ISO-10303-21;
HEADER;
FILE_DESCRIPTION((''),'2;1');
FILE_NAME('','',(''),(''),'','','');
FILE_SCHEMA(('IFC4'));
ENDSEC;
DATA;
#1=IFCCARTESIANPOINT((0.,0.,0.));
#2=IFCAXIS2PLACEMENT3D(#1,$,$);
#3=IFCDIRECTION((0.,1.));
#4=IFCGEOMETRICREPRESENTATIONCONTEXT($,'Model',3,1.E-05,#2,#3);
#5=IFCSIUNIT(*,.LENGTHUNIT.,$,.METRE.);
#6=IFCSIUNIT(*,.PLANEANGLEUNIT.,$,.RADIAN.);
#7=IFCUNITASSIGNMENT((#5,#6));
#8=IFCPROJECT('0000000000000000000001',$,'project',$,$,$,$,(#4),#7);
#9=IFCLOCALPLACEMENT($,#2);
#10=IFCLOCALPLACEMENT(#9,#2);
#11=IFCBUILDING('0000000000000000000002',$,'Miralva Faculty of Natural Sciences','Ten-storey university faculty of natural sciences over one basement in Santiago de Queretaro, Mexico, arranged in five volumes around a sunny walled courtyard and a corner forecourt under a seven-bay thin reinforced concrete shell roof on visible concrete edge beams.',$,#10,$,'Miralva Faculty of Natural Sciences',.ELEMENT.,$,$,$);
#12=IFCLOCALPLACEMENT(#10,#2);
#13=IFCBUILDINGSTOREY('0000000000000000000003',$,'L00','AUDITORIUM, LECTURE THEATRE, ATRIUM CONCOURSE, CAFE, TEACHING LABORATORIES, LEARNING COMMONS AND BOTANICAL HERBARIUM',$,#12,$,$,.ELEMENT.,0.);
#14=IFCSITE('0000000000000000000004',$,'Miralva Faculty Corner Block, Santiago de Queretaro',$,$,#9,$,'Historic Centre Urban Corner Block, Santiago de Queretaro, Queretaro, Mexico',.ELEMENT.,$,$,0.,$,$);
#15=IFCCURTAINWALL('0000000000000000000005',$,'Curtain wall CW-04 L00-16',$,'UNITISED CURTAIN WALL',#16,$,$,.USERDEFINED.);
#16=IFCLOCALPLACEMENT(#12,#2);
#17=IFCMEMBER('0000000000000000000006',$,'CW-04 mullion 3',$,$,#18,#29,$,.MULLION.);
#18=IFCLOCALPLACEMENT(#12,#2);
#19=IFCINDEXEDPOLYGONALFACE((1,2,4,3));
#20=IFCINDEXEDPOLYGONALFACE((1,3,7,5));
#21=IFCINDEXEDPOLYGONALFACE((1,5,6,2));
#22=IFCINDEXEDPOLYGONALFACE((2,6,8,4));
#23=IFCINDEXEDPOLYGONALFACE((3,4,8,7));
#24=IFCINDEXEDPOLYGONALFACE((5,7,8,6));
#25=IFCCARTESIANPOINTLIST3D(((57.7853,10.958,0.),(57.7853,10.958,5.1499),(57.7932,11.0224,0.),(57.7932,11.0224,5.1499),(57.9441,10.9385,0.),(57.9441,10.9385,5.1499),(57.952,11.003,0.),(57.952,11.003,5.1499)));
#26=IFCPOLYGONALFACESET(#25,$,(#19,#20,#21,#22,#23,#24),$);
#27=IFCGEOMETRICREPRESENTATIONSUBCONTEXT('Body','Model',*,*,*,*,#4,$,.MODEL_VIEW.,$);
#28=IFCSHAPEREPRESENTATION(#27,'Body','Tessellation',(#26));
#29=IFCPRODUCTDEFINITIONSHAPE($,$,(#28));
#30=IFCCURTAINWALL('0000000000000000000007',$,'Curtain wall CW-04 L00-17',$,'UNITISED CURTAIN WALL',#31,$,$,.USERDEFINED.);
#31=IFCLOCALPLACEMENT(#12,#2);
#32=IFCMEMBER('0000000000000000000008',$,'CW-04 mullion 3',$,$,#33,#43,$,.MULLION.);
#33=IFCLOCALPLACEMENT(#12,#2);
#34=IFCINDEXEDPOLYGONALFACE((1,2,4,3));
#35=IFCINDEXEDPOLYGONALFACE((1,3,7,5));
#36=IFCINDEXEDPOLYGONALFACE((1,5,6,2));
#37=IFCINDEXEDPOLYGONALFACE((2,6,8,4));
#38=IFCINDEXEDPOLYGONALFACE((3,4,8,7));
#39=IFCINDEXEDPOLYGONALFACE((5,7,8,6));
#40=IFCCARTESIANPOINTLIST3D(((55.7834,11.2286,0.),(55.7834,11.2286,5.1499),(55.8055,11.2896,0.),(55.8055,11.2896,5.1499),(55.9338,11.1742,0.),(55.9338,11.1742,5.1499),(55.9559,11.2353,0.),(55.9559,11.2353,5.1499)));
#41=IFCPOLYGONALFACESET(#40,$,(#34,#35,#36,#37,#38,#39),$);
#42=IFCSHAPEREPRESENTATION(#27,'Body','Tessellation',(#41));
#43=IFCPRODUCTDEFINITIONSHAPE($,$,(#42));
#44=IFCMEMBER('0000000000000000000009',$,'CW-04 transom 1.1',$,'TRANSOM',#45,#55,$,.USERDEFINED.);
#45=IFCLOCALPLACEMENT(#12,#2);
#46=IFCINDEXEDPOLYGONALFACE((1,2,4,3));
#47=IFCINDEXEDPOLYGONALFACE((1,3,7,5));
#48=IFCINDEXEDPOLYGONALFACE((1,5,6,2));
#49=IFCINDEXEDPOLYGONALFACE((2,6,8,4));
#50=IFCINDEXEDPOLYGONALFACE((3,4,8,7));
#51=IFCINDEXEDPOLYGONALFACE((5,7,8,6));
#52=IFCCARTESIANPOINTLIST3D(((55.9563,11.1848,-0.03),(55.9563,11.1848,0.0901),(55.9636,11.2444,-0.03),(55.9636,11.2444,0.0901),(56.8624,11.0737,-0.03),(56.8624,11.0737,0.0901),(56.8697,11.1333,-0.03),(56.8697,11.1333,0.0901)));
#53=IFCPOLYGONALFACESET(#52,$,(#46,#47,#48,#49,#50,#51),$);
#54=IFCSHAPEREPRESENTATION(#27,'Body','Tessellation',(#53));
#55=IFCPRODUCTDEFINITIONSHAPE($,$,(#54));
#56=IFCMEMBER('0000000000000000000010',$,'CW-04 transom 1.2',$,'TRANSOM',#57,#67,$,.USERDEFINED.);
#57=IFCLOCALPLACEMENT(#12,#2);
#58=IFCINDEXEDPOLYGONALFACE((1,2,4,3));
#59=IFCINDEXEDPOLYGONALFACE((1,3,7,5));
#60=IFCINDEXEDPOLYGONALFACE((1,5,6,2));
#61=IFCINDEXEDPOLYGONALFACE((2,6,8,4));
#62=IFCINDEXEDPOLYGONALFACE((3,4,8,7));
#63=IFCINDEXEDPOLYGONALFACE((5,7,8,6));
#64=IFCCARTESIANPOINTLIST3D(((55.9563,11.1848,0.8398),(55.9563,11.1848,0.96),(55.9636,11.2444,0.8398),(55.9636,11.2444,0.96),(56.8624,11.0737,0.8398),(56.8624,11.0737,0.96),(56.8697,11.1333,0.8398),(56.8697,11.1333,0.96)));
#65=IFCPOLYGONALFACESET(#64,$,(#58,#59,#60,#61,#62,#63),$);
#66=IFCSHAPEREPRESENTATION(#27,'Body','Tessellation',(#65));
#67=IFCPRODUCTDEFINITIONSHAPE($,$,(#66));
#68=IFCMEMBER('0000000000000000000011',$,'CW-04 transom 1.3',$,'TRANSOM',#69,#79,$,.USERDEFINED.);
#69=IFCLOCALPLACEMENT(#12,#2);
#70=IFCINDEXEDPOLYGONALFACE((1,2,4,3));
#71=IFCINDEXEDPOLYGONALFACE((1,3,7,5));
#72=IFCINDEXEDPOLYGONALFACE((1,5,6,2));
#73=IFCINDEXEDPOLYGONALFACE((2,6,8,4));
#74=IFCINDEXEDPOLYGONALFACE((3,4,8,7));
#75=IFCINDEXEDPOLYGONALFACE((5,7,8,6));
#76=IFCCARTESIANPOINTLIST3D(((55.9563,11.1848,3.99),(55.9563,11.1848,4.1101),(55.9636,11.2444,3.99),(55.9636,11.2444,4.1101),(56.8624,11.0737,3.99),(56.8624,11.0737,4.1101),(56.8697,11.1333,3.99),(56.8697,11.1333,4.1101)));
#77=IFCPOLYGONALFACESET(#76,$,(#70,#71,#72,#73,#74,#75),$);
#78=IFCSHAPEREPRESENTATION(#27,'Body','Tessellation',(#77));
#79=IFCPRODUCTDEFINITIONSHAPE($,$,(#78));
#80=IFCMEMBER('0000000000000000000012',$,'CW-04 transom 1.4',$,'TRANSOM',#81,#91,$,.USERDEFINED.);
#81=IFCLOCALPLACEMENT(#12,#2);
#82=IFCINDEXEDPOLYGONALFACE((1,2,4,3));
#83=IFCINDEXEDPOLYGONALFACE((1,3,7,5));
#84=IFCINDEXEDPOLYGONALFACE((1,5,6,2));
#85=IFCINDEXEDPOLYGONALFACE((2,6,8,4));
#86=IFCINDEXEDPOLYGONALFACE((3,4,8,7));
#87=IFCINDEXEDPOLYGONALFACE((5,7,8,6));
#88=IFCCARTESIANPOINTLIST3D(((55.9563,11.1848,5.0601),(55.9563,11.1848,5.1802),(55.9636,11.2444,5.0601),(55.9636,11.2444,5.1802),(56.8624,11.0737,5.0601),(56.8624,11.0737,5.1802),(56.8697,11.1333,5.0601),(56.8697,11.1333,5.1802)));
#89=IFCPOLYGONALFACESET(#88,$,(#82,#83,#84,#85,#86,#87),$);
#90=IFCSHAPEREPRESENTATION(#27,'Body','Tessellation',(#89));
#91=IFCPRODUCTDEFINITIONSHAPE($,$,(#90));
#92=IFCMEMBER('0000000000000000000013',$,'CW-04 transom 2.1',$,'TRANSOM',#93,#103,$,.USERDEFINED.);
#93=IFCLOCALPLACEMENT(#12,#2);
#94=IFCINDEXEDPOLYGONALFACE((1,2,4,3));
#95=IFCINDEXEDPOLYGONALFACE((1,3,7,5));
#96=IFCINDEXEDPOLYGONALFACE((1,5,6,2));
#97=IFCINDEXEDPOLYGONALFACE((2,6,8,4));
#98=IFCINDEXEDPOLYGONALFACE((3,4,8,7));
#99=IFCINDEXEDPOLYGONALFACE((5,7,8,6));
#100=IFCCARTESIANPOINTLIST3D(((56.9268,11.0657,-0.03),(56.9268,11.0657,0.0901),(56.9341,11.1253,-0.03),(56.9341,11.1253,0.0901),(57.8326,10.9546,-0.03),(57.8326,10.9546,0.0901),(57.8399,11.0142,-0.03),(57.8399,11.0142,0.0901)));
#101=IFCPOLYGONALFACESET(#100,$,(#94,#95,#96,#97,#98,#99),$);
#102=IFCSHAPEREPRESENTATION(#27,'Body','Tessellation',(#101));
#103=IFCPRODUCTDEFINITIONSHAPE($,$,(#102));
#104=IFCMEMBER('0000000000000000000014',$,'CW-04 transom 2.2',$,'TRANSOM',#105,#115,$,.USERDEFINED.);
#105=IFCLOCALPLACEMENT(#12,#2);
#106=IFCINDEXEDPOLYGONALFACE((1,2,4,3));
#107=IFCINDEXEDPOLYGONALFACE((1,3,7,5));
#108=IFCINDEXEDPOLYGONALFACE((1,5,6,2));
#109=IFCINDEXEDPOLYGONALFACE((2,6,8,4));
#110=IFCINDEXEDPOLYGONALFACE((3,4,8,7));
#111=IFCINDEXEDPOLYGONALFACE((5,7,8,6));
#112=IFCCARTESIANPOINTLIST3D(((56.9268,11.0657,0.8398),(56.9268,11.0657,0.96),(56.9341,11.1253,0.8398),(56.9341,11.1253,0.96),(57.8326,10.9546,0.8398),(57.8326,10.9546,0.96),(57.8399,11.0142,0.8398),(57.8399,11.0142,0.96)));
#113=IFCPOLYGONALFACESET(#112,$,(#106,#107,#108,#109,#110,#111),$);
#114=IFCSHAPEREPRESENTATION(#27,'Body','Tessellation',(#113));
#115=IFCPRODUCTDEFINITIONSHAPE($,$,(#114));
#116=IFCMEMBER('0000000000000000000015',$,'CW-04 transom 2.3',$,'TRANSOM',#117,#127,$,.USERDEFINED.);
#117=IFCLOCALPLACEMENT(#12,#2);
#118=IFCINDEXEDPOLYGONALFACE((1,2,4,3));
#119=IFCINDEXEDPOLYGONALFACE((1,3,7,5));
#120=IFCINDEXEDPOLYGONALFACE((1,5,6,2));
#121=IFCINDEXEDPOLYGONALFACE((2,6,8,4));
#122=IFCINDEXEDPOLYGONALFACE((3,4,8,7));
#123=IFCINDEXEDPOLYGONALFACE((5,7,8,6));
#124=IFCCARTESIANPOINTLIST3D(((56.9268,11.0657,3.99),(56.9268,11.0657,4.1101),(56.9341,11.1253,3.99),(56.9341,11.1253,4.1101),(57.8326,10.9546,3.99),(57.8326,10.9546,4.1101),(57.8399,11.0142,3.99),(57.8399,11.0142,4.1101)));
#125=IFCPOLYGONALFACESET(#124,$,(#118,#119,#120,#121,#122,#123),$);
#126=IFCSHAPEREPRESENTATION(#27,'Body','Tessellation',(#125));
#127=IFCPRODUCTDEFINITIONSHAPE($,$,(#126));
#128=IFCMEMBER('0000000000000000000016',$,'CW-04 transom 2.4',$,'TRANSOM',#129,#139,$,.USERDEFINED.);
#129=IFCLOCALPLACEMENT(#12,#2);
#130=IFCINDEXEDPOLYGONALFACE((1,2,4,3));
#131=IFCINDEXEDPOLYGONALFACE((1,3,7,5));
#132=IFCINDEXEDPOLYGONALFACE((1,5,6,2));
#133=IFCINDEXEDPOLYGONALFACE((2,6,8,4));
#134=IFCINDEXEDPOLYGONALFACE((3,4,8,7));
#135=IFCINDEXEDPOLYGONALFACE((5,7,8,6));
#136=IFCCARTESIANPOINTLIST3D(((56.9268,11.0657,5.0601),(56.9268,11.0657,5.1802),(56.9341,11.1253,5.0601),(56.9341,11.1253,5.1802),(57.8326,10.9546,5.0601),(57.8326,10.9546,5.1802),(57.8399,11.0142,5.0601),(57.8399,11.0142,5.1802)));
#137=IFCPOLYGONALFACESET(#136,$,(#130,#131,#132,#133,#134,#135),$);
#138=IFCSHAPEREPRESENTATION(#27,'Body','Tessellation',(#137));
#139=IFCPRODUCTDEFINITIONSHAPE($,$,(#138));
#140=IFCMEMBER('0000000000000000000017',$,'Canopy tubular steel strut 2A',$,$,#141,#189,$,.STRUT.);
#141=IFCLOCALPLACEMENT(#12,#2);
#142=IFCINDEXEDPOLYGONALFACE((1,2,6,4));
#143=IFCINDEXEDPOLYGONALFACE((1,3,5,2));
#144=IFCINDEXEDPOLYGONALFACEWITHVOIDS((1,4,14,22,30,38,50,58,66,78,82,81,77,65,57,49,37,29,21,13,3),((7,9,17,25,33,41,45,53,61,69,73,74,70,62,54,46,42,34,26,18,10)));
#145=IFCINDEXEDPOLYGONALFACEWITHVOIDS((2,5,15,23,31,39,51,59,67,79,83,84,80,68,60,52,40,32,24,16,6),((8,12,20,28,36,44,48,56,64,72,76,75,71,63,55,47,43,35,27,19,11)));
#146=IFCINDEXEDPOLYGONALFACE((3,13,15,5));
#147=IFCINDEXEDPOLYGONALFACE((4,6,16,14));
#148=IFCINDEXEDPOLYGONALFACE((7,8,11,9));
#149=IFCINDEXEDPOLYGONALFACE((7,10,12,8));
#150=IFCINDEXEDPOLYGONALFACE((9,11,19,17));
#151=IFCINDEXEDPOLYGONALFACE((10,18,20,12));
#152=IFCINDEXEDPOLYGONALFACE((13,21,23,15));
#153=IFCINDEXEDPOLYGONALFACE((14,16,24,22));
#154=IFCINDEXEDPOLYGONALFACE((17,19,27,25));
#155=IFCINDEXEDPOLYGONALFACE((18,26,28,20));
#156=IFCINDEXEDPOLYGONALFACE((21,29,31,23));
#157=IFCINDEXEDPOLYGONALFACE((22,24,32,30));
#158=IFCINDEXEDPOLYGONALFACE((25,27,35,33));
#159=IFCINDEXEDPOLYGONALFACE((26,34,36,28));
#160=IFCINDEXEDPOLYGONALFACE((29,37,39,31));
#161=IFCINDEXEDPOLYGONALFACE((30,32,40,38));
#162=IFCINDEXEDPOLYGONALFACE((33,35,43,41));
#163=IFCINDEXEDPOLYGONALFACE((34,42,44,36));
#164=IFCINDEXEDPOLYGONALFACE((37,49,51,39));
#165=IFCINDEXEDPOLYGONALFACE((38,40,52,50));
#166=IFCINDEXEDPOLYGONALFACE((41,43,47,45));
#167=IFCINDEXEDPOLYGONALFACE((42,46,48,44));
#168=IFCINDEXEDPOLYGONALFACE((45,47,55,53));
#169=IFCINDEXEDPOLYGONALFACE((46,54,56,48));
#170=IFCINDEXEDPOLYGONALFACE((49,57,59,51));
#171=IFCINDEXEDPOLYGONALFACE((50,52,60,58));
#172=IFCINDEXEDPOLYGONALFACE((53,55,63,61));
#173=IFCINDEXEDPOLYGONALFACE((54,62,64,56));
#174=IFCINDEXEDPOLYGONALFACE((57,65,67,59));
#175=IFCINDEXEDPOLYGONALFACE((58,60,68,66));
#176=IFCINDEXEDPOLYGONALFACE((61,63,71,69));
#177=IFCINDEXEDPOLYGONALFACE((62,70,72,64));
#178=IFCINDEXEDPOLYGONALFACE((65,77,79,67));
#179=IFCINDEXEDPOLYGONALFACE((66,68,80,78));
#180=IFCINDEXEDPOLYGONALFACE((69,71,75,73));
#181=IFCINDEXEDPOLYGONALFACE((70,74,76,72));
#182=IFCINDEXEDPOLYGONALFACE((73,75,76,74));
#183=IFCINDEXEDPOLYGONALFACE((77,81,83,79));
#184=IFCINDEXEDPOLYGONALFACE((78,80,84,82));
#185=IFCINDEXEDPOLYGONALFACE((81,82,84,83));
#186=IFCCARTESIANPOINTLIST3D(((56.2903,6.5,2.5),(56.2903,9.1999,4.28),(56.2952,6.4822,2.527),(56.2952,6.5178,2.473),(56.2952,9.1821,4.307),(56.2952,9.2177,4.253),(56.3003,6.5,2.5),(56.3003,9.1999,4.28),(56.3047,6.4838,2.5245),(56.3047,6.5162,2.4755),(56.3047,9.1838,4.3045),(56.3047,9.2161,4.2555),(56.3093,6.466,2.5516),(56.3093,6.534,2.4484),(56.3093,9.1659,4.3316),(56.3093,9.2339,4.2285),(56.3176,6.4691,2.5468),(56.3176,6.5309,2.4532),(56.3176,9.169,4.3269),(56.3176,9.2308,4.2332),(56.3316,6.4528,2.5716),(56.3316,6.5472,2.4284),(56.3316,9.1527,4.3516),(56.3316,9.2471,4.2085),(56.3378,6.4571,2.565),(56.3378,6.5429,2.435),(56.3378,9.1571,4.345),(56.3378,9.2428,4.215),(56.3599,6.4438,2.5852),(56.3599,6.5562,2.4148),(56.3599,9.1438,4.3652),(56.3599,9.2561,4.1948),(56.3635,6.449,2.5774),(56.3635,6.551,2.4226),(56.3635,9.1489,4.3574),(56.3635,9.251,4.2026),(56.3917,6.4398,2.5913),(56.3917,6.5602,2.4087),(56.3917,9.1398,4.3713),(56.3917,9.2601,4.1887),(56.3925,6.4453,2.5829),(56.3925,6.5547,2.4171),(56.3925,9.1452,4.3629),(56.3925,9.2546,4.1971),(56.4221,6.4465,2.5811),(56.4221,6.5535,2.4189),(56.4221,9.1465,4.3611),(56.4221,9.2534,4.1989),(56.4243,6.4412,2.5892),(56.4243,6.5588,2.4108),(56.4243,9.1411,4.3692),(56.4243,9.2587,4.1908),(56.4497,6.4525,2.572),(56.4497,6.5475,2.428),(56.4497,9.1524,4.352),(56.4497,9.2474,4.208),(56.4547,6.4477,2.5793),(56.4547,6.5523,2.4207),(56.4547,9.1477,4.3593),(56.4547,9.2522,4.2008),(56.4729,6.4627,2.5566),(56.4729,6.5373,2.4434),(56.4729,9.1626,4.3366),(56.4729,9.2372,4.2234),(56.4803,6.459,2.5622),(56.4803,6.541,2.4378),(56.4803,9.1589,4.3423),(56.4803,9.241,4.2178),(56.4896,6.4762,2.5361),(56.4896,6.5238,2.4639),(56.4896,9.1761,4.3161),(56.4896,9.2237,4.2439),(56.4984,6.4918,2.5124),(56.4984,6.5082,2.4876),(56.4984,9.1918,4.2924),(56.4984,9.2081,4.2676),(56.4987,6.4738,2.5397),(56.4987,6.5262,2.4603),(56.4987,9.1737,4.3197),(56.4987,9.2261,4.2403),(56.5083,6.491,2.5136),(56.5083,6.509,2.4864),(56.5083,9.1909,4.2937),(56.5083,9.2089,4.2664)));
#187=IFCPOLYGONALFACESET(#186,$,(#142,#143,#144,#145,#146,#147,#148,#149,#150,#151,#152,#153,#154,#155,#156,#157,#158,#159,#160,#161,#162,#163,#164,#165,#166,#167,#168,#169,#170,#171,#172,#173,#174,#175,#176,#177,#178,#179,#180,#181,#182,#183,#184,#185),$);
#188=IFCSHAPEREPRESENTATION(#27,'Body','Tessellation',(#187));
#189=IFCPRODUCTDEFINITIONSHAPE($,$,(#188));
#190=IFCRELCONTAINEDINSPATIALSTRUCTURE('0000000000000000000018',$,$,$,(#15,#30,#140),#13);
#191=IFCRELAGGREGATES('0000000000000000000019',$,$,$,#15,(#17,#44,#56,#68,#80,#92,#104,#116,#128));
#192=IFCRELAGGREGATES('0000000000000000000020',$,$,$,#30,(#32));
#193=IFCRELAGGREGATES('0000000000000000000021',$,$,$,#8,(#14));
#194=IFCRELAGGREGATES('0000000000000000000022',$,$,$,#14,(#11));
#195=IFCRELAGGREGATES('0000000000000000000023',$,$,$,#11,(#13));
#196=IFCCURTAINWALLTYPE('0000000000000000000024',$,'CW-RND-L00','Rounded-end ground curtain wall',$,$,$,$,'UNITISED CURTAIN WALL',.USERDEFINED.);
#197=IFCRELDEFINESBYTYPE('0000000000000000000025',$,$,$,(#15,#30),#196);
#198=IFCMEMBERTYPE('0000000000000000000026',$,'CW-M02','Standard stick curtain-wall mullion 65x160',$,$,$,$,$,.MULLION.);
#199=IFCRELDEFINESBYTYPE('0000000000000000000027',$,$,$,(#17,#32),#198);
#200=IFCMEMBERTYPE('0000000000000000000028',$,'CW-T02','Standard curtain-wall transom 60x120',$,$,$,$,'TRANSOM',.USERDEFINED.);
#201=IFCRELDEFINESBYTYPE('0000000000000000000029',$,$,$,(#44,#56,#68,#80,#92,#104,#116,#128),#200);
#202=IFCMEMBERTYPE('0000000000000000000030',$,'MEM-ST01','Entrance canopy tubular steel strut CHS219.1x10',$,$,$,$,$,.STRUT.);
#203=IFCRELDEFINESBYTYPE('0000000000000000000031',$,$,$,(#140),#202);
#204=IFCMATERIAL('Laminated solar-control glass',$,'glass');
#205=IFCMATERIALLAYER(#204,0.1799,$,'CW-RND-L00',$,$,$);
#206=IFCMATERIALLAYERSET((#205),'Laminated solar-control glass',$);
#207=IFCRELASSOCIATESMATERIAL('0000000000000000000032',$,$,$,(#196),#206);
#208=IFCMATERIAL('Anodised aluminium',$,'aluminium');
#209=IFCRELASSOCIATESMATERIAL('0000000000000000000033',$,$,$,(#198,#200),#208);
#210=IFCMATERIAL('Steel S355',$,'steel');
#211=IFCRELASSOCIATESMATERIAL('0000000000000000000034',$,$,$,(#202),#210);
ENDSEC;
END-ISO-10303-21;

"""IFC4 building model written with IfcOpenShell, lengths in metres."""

from ifc_helpers import new_model, si_unit, direction, frame, origin, origin_2d, place, context, subcontext, project, spatial, rectangle, hollow_circle, extrude, material, layer, layer_set, material_profile, profile_set, type_object, element, aggregate, save


model = new_model("IFC4")

# Units and contexts
model_context = context("Model", 3, precision=1e-05, world=origin(), true_north=direction((0.0, 1.0)))
body_context = subcontext(model_context, "Body", "Model", "MODEL_VIEW")
ifc_project = project(units=[si_unit("LENGTHUNIT", "METRE"), si_unit("PLANEANGLEUNIT", "RADIAN")], contexts=[model_context])

# Site, building, storey
site_placement = place(None, origin())
site = spatial("IfcSite", under=ifc_project, at=site_placement, Name="Miralva Faculty Corner Block, Santiago de Queretaro", LongName="Historic Centre Urban Corner Block, Santiago de Queretaro, Queretaro, Mexico", CompositionType="ELEMENT", RefElevation=0.0)
building_placement = place(site_placement, origin())
building = spatial("IfcBuilding", under=site, at=building_placement, Name="Miralva Faculty of Natural Sciences", Description="Ten-storey university faculty of natural sciences over one basement in Santiago de Queretaro, Mexico, arranged in five volumes around a sunny walled courtyard and a corner forecourt under a seven-bay thin reinforced concrete shell roof on visible concrete edge beams.", LongName="Miralva Faculty of Natural Sciences", CompositionType="ELEMENT")
storey_placement = place(building_placement, origin())
storey = spatial("IfcBuildingStorey", under=building, at=storey_placement, Name="L00", Description="AUDITORIUM, LECTURE THEATRE, ATRIUM CONCOURSE, CAFE, TEACHING LABORATORIES, LEARNING COMMONS AND BOTANICAL HERBARIUM", CompositionType="ELEMENT", Elevation=0.0)

# Shared definitions
ifc_material_1 = material(Name="Steel S355", Category="steel")

# Shared definitions
ifc_material_2 = material(Name="Laminated solar-control glass", Category="glass")
ifc_layer_1 = layer(ifc_material_2, 0.1799, Name="CW-RND-L00")
ifc_layer_set_1 = layer_set([ifc_layer_1], Name="Laminated solar-control glass")
curtain_wall_type = type_object("IfcCurtainWallType", Name="CW-RND-L00", Description="Rounded-end ground curtain wall", ElementType="UNITISED CURTAIN WALL", PredefinedType="USERDEFINED", material=ifc_layer_set_1)
ifc_material_3 = material(Name="Anodised aluminium", Category="aluminium")
ifc_material_profile_1 = material_profile(ifc_material_3, rectangle(XDim=0.0649, YDim=0.1599, at=origin_2d()), Name="MULLION 65x160")
ifc_profile_set_1 = profile_set([ifc_material_profile_1], Name="Anodised aluminium")
member_type_1 = type_object("IfcMemberType", Name="CW-M02", Description="Standard stick curtain-wall mullion 65x160", PredefinedType="MULLION", material=ifc_profile_set_1)

# Curtain wall, member
curtain_wall_1_placement = place(storey_placement, origin())
curtain_wall_1 = element("IfcCurtainWall", 1, at=curtain_wall_1_placement, inside=storey, type_object=curtain_wall_type, Name="Curtain wall CW-04 L00-16", ObjectType="UNITISED CURTAIN WALL", PredefinedType="USERDEFINED")
member_1_placement = place(storey_placement, frame((57.8687, 10.9805, 0.0), z_axis=(0.0, 0.0, 1.0), x_axis=(0.12186, 0.992547, 0.0)))
member_1 = element("IfcMember", 2, at=member_1_placement, type_object=member_type_1, Name="CW-04 mullion 3", PredefinedType="MULLION", context=body_context, shape_type="SweptSolid", body=[
    extrude(rectangle(XDim=0.0649, YDim=0.1599, at=origin_2d()), origin(), (0.0, 0.0, 1.0), 5.1499),
])

# Curtain wall, member
curtain_wall_2_placement = place(storey_placement, origin())
curtain_wall_2 = element("IfcCurtainWall", 3, at=curtain_wall_2_placement, inside=storey, type_object=curtain_wall_type, Name="Curtain wall CW-04 L00-17", ObjectType="UNITISED CURTAIN WALL", PredefinedType="USERDEFINED")
member_2_placement = place(storey_placement, frame((55.8696, 11.2319, 0.0), z_axis=(0.0, 0.0, 1.0), x_axis=(0.339696, 0.940535, 0.0)))
member_2 = element("IfcMember", 4, at=member_2_placement, type_object=member_type_1, Name="CW-04 mullion 3", PredefinedType="MULLION", context=body_context, shape_type="SweptSolid", body=[
    extrude(rectangle(XDim=0.0649, YDim=0.1599, at=origin_2d()), origin(), (0.0, 0.0, 1.0), 5.1499),
])

# Members
ifc_material_profile_2 = material_profile(ifc_material_3, rectangle(XDim=0.0601, YDim=0.1201, at=origin_2d()), Name="TRANSOM 60x120")
ifc_profile_set_2 = profile_set([ifc_material_profile_2], Name="Anodised aluminium")
member_type_2 = type_object("IfcMemberType", Name="CW-T02", Description="Standard curtain-wall transom 60x120", ElementType="TRANSOM", PredefinedType="USERDEFINED", material=ifc_profile_set_2)
member_3_placement = place(storey_placement, frame((55.96, 11.2146, 0.03), z_axis=(0.992567, -0.121697, 0.0), x_axis=(0.121697, 0.992567, 0.0)))
member_3 = element("IfcMember", 5, at=member_3_placement, type_object=member_type_2, Name="CW-04 transom 1.1", ObjectType="TRANSOM", PredefinedType="USERDEFINED", context=body_context, shape_type="SweptSolid", body=[
    extrude(rectangle(XDim=0.0601, YDim=0.1201, at=origin_2d()), origin(), (0.0, 0.0, 1.0), 0.9128),
])
member_4_placement = place(storey_placement, frame((55.96, 11.2146, 0.8999), z_axis=(0.992567, -0.121697, 0.0), x_axis=(0.121697, 0.992567, 0.0)))
member_4 = element("IfcMember", 6, at=member_4_placement, type_object=member_type_2, Name="CW-04 transom 1.2", ObjectType="TRANSOM", PredefinedType="USERDEFINED", context=body_context, shape_type="SweptSolid", body=[
    extrude(rectangle(XDim=0.0601, YDim=0.1201, at=origin_2d()), origin(), (0.0, 0.0, 1.0), 0.9128),
])
member_5_placement = place(storey_placement, frame((55.96, 11.2146, 4.05), z_axis=(0.992567, -0.121697, 0.0), x_axis=(0.121697, 0.992567, 0.0)))
member_5 = element("IfcMember", 7, at=member_5_placement, type_object=member_type_2, Name="CW-04 transom 1.3", ObjectType="TRANSOM", PredefinedType="USERDEFINED", context=body_context, shape_type="SweptSolid", body=[
    extrude(rectangle(XDim=0.0601, YDim=0.1201, at=origin_2d()), origin(), (0.0, 0.0, 1.0), 0.9128),
])
member_6_placement = place(storey_placement, frame((55.96, 11.2146, 5.1201), z_axis=(0.992567, -0.121697, 0.0), x_axis=(0.121697, 0.992567, 0.0)))
member_6 = element("IfcMember", 8, at=member_6_placement, type_object=member_type_2, Name="CW-04 transom 1.4", ObjectType="TRANSOM", PredefinedType="USERDEFINED", context=body_context, shape_type="SweptSolid", body=[
    extrude(rectangle(XDim=0.0601, YDim=0.1201, at=origin_2d()), origin(), (0.0, 0.0, 1.0), 0.9128),
])
member_7_placement = place(storey_placement, frame((56.9304, 11.0955, 0.03), z_axis=(0.992563, -0.121729, 0.0), x_axis=(0.121729, 0.992563, 0.0)))
member_7 = element("IfcMember", 9, at=member_7_placement, type_object=member_type_2, Name="CW-04 transom 2.1", ObjectType="TRANSOM", PredefinedType="USERDEFINED", context=body_context, shape_type="SweptSolid", body=[
    extrude(rectangle(XDim=0.0601, YDim=0.1201, at=origin_2d()), origin(), (0.0, 0.0, 1.0), 0.9126),
])
member_8_placement = place(storey_placement, frame((56.9304, 11.0955, 0.8999), z_axis=(0.992563, -0.121729, 0.0), x_axis=(0.121729, 0.992563, 0.0)))
member_8 = element("IfcMember", 10, at=member_8_placement, type_object=member_type_2, Name="CW-04 transom 2.2", ObjectType="TRANSOM", PredefinedType="USERDEFINED", context=body_context, shape_type="SweptSolid", body=[
    extrude(rectangle(XDim=0.0601, YDim=0.1201, at=origin_2d()), origin(), (0.0, 0.0, 1.0), 0.9126),
])
member_9_placement = place(storey_placement, frame((56.9304, 11.0955, 4.05), z_axis=(0.992563, -0.121729, 0.0), x_axis=(0.121729, 0.992563, 0.0)))
member_9 = element("IfcMember", 11, at=member_9_placement, type_object=member_type_2, Name="CW-04 transom 2.3", ObjectType="TRANSOM", PredefinedType="USERDEFINED", context=body_context, shape_type="SweptSolid", body=[
    extrude(rectangle(XDim=0.0601, YDim=0.1201, at=origin_2d()), origin(), (0.0, 0.0, 1.0), 0.9126),
])
member_10_placement = place(storey_placement, frame((56.9304, 11.0955, 5.1201), z_axis=(0.992563, -0.121729, 0.0), x_axis=(0.121729, 0.992563, 0.0)))
member_10 = element("IfcMember", 12, at=member_10_placement, type_object=member_type_2, Name="CW-04 transom 2.4", ObjectType="TRANSOM", PredefinedType="USERDEFINED", context=body_context, shape_type="SweptSolid", body=[
    extrude(rectangle(XDim=0.0601, YDim=0.1201, at=origin_2d()), origin(), (0.0, 0.0, 1.0), 0.9126),
])
ifc_material_profile_3 = material_profile(ifc_material_1, hollow_circle(Radius=0.1096, WallThickness=0.01, at=origin_2d()), Name="CHS 219.1x10")
ifc_profile_set_3 = profile_set([ifc_material_profile_3], Name="Steel S355")
member_type_3 = type_object("IfcMemberType", Name="MEM-ST01", Description="Entrance canopy tubular steel strut CHS219.1x10", PredefinedType="STRUT", material=ifc_profile_set_3)
member_11_placement = place(storey_placement, frame((56.3999, 6.5, 2.5), z_axis=(0.0, 0.834885, 0.550425), x_axis=(-1.0, 0.0, 0.0)))
element("IfcMember", 13, at=member_11_placement, inside=storey, type_object=member_type_3, Name="Canopy tubular steel strut 2A", PredefinedType="STRUT", context=body_context, shape_type="SweptSolid", body=[
    extrude(hollow_circle(Radius=0.1096, WallThickness=0.01, at=origin_2d()), origin(), (0.0, 0.0, 1.0), 3.2339),
])

aggregate(curtain_wall_1, [member_1, member_3, member_4, member_5, member_6, member_7, member_8, member_9, member_10])
aggregate(curtain_wall_2, [member_2])

save(model, "model.ifc")
